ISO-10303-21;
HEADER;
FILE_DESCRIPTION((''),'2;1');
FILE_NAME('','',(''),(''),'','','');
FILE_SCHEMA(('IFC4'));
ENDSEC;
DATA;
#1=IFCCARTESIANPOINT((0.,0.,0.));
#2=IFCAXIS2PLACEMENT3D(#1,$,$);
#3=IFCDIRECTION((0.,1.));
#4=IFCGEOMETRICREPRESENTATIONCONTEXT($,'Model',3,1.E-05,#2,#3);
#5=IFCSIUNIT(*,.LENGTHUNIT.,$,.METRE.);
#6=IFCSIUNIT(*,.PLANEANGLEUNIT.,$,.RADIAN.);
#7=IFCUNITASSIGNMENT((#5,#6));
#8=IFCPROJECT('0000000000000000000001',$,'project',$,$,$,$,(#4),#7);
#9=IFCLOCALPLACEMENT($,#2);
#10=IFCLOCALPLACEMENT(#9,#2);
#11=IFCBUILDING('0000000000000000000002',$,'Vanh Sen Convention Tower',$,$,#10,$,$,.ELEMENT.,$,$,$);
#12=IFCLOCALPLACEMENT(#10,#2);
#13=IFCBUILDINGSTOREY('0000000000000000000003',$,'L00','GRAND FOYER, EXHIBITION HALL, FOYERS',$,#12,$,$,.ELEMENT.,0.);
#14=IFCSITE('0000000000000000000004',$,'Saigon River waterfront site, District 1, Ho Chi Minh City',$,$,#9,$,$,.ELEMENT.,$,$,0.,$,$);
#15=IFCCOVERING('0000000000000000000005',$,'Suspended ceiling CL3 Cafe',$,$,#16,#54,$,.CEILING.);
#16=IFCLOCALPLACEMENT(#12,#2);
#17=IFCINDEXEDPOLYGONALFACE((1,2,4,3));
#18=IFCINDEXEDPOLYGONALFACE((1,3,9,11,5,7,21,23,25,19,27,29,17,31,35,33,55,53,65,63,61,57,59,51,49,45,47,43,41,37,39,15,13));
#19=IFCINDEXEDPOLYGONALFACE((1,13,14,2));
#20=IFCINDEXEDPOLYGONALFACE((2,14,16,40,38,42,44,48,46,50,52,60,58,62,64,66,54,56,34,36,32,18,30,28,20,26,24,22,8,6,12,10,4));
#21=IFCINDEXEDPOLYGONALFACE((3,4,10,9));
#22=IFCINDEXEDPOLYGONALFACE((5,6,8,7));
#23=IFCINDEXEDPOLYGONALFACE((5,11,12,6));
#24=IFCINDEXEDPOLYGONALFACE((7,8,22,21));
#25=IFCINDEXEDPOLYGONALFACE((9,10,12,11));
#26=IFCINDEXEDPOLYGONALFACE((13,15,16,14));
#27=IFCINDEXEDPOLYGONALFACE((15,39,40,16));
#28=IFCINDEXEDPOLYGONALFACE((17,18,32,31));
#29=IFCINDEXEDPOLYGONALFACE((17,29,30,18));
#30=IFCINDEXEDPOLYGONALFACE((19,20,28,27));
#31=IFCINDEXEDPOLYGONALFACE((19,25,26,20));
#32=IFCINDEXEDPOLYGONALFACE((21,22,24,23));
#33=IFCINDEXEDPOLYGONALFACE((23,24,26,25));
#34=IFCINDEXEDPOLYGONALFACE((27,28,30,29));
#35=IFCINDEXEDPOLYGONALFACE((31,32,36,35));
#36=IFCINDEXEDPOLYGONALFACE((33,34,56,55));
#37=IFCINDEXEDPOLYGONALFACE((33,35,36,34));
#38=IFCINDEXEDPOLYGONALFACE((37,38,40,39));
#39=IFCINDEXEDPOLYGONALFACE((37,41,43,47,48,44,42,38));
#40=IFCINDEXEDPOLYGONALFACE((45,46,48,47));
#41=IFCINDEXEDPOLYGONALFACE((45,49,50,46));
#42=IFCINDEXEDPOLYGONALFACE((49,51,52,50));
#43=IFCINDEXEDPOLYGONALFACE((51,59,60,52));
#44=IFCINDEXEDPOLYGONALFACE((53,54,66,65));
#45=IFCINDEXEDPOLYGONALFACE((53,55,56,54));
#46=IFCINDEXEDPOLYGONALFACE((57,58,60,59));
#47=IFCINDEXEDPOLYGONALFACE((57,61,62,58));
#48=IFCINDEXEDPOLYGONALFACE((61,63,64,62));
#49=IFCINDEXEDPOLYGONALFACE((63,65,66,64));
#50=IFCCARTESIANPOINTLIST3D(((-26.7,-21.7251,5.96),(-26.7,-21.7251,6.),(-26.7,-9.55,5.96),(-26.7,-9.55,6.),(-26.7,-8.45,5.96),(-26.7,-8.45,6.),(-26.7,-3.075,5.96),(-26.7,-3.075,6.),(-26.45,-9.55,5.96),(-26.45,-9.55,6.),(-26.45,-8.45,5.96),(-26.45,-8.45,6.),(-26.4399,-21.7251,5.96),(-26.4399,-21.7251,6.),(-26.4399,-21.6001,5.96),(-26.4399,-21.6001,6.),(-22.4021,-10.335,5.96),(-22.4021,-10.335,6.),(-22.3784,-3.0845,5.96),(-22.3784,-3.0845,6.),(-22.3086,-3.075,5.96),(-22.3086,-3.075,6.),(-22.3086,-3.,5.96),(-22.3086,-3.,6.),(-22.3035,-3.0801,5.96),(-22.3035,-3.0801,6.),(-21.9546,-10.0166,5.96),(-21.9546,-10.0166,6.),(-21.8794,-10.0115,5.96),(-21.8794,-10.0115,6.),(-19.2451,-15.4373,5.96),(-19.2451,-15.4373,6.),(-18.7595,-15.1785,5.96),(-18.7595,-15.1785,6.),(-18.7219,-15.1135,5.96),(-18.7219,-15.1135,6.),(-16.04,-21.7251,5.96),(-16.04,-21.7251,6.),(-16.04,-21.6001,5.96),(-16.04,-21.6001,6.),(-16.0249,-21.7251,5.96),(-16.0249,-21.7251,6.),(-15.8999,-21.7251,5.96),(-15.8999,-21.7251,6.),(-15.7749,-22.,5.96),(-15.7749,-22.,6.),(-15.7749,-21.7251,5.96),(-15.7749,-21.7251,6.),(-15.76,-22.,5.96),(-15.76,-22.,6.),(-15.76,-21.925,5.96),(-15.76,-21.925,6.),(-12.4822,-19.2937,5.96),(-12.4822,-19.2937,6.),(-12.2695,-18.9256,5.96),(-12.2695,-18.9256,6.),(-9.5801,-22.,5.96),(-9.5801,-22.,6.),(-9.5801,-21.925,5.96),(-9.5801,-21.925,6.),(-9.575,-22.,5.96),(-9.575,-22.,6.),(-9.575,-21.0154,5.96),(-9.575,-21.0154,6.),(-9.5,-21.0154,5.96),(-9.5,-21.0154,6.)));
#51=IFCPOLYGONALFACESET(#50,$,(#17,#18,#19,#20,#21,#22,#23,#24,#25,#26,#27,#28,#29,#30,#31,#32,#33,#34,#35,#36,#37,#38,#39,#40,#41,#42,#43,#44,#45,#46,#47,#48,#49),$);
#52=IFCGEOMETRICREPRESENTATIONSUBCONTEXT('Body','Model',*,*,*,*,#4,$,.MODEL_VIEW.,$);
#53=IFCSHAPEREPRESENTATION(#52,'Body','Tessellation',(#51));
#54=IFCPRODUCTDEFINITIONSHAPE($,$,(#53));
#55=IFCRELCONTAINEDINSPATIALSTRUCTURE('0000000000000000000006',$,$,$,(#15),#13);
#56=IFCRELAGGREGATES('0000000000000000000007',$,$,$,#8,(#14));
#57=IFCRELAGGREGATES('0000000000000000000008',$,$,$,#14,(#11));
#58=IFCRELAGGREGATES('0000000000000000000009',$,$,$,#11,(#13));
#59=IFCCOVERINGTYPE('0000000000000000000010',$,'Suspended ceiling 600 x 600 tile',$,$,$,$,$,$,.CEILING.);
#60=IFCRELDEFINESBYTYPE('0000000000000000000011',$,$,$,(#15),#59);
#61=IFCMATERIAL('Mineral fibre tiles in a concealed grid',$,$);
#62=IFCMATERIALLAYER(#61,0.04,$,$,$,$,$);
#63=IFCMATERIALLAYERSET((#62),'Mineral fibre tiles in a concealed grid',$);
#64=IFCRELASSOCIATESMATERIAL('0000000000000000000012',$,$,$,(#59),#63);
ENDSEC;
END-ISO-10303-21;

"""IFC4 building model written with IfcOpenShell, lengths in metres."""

from ifc_helpers import new_model, si_unit, direction, frame, origin, place, context, subcontext, project, spatial, polyline, outline, extrude, material, layer, layer_set, type_object, element, save


model = new_model("IFC4")

# Units and contexts
model_context = context("Model", 3, precision=1e-05, world=origin(), true_north=direction((0.0, 1.0)))
body_context = subcontext(model_context, "Body", "Model", "MODEL_VIEW")
ifc_project = project(units=[si_unit("LENGTHUNIT", "METRE"), si_unit("PLANEANGLEUNIT", "RADIAN")], contexts=[model_context])

# Site, building, storey
site_placement = place(None, origin())
site = spatial("IfcSite", under=ifc_project, at=site_placement, Name="Saigon River waterfront site, District 1, Ho Chi Minh City", CompositionType="ELEMENT", RefElevation=0.0)
building_placement = place(site_placement, origin())
building = spatial("IfcBuilding", under=site, at=building_placement, Name="Vanh Sen Convention Tower", CompositionType="ELEMENT")
storey_placement = place(building_placement, origin())
storey = spatial("IfcBuildingStorey", under=building, at=storey_placement, Name="L00", Description="GRAND FOYER, EXHIBITION HALL, FOYERS", CompositionType="ELEMENT", Elevation=0.0)

# Covering
ifc_material_1 = material(Name="Mineral fibre tiles in a concealed grid")
ifc_layer_1 = layer(ifc_material_1, 0.04)
ifc_layer_set_1 = layer_set([ifc_layer_1], Name="Mineral fibre tiles in a concealed grid")
covering_type = type_object("IfcCoveringType", Name="Suspended ceiling 600 x 600 tile", PredefinedType="CEILING", material=ifc_layer_set_1)
covering_1_placement = place(storey_placement, frame((0.0, 0.0, 5.96)))
element("IfcCovering", 1, at=covering_1_placement, inside=storey, type_object=covering_type, Name="Suspended ceiling CL3 Cafe", PredefinedType="CEILING", context=body_context, shape_type="SweptSolid", body=[
    extrude(outline(polyline([(-22.3784, -3.0845), (-22.3035, -3.0801), (-22.3086, -3.0), (-22.3086, -3.075), (-26.7, -3.075), (-26.7, -8.45), (-26.45, -8.45), (-26.45, -9.55), (-26.7, -9.55), (-26.7, -21.7251), (-26.4399, -21.7251), (-26.4399, -21.6001), (-16.04, -21.6001), (-16.04, -21.7251), (-16.0249, -21.7251), (-15.8999, -21.7251), (-15.7749, -21.7251), (-15.7749, -22.0), (-15.76, -22.0), (-15.76, -21.925), (-9.5801, -21.925), (-9.5801, -22.0), (-9.575, -22.0), (-9.575, -21.0154), (-9.5, -21.0154), (-9.5, -21.0154), (-12.4822, -19.2937), (-12.2319, -18.8606), (-12.2319, -18.8606), (-12.2695, -18.9255), (-18.7595, -15.1785), (-18.7219, -15.1135), (-19.2451, -15.4373), (-22.4021, -10.335), (-21.8794, -10.0115), (-21.8794, -10.0115), (-21.9546, -10.0166), (-22.3784, -3.0845)])), origin(), (0.0, 0.0, 1.0), 0.04),
])

save(model, "model.ifc")
